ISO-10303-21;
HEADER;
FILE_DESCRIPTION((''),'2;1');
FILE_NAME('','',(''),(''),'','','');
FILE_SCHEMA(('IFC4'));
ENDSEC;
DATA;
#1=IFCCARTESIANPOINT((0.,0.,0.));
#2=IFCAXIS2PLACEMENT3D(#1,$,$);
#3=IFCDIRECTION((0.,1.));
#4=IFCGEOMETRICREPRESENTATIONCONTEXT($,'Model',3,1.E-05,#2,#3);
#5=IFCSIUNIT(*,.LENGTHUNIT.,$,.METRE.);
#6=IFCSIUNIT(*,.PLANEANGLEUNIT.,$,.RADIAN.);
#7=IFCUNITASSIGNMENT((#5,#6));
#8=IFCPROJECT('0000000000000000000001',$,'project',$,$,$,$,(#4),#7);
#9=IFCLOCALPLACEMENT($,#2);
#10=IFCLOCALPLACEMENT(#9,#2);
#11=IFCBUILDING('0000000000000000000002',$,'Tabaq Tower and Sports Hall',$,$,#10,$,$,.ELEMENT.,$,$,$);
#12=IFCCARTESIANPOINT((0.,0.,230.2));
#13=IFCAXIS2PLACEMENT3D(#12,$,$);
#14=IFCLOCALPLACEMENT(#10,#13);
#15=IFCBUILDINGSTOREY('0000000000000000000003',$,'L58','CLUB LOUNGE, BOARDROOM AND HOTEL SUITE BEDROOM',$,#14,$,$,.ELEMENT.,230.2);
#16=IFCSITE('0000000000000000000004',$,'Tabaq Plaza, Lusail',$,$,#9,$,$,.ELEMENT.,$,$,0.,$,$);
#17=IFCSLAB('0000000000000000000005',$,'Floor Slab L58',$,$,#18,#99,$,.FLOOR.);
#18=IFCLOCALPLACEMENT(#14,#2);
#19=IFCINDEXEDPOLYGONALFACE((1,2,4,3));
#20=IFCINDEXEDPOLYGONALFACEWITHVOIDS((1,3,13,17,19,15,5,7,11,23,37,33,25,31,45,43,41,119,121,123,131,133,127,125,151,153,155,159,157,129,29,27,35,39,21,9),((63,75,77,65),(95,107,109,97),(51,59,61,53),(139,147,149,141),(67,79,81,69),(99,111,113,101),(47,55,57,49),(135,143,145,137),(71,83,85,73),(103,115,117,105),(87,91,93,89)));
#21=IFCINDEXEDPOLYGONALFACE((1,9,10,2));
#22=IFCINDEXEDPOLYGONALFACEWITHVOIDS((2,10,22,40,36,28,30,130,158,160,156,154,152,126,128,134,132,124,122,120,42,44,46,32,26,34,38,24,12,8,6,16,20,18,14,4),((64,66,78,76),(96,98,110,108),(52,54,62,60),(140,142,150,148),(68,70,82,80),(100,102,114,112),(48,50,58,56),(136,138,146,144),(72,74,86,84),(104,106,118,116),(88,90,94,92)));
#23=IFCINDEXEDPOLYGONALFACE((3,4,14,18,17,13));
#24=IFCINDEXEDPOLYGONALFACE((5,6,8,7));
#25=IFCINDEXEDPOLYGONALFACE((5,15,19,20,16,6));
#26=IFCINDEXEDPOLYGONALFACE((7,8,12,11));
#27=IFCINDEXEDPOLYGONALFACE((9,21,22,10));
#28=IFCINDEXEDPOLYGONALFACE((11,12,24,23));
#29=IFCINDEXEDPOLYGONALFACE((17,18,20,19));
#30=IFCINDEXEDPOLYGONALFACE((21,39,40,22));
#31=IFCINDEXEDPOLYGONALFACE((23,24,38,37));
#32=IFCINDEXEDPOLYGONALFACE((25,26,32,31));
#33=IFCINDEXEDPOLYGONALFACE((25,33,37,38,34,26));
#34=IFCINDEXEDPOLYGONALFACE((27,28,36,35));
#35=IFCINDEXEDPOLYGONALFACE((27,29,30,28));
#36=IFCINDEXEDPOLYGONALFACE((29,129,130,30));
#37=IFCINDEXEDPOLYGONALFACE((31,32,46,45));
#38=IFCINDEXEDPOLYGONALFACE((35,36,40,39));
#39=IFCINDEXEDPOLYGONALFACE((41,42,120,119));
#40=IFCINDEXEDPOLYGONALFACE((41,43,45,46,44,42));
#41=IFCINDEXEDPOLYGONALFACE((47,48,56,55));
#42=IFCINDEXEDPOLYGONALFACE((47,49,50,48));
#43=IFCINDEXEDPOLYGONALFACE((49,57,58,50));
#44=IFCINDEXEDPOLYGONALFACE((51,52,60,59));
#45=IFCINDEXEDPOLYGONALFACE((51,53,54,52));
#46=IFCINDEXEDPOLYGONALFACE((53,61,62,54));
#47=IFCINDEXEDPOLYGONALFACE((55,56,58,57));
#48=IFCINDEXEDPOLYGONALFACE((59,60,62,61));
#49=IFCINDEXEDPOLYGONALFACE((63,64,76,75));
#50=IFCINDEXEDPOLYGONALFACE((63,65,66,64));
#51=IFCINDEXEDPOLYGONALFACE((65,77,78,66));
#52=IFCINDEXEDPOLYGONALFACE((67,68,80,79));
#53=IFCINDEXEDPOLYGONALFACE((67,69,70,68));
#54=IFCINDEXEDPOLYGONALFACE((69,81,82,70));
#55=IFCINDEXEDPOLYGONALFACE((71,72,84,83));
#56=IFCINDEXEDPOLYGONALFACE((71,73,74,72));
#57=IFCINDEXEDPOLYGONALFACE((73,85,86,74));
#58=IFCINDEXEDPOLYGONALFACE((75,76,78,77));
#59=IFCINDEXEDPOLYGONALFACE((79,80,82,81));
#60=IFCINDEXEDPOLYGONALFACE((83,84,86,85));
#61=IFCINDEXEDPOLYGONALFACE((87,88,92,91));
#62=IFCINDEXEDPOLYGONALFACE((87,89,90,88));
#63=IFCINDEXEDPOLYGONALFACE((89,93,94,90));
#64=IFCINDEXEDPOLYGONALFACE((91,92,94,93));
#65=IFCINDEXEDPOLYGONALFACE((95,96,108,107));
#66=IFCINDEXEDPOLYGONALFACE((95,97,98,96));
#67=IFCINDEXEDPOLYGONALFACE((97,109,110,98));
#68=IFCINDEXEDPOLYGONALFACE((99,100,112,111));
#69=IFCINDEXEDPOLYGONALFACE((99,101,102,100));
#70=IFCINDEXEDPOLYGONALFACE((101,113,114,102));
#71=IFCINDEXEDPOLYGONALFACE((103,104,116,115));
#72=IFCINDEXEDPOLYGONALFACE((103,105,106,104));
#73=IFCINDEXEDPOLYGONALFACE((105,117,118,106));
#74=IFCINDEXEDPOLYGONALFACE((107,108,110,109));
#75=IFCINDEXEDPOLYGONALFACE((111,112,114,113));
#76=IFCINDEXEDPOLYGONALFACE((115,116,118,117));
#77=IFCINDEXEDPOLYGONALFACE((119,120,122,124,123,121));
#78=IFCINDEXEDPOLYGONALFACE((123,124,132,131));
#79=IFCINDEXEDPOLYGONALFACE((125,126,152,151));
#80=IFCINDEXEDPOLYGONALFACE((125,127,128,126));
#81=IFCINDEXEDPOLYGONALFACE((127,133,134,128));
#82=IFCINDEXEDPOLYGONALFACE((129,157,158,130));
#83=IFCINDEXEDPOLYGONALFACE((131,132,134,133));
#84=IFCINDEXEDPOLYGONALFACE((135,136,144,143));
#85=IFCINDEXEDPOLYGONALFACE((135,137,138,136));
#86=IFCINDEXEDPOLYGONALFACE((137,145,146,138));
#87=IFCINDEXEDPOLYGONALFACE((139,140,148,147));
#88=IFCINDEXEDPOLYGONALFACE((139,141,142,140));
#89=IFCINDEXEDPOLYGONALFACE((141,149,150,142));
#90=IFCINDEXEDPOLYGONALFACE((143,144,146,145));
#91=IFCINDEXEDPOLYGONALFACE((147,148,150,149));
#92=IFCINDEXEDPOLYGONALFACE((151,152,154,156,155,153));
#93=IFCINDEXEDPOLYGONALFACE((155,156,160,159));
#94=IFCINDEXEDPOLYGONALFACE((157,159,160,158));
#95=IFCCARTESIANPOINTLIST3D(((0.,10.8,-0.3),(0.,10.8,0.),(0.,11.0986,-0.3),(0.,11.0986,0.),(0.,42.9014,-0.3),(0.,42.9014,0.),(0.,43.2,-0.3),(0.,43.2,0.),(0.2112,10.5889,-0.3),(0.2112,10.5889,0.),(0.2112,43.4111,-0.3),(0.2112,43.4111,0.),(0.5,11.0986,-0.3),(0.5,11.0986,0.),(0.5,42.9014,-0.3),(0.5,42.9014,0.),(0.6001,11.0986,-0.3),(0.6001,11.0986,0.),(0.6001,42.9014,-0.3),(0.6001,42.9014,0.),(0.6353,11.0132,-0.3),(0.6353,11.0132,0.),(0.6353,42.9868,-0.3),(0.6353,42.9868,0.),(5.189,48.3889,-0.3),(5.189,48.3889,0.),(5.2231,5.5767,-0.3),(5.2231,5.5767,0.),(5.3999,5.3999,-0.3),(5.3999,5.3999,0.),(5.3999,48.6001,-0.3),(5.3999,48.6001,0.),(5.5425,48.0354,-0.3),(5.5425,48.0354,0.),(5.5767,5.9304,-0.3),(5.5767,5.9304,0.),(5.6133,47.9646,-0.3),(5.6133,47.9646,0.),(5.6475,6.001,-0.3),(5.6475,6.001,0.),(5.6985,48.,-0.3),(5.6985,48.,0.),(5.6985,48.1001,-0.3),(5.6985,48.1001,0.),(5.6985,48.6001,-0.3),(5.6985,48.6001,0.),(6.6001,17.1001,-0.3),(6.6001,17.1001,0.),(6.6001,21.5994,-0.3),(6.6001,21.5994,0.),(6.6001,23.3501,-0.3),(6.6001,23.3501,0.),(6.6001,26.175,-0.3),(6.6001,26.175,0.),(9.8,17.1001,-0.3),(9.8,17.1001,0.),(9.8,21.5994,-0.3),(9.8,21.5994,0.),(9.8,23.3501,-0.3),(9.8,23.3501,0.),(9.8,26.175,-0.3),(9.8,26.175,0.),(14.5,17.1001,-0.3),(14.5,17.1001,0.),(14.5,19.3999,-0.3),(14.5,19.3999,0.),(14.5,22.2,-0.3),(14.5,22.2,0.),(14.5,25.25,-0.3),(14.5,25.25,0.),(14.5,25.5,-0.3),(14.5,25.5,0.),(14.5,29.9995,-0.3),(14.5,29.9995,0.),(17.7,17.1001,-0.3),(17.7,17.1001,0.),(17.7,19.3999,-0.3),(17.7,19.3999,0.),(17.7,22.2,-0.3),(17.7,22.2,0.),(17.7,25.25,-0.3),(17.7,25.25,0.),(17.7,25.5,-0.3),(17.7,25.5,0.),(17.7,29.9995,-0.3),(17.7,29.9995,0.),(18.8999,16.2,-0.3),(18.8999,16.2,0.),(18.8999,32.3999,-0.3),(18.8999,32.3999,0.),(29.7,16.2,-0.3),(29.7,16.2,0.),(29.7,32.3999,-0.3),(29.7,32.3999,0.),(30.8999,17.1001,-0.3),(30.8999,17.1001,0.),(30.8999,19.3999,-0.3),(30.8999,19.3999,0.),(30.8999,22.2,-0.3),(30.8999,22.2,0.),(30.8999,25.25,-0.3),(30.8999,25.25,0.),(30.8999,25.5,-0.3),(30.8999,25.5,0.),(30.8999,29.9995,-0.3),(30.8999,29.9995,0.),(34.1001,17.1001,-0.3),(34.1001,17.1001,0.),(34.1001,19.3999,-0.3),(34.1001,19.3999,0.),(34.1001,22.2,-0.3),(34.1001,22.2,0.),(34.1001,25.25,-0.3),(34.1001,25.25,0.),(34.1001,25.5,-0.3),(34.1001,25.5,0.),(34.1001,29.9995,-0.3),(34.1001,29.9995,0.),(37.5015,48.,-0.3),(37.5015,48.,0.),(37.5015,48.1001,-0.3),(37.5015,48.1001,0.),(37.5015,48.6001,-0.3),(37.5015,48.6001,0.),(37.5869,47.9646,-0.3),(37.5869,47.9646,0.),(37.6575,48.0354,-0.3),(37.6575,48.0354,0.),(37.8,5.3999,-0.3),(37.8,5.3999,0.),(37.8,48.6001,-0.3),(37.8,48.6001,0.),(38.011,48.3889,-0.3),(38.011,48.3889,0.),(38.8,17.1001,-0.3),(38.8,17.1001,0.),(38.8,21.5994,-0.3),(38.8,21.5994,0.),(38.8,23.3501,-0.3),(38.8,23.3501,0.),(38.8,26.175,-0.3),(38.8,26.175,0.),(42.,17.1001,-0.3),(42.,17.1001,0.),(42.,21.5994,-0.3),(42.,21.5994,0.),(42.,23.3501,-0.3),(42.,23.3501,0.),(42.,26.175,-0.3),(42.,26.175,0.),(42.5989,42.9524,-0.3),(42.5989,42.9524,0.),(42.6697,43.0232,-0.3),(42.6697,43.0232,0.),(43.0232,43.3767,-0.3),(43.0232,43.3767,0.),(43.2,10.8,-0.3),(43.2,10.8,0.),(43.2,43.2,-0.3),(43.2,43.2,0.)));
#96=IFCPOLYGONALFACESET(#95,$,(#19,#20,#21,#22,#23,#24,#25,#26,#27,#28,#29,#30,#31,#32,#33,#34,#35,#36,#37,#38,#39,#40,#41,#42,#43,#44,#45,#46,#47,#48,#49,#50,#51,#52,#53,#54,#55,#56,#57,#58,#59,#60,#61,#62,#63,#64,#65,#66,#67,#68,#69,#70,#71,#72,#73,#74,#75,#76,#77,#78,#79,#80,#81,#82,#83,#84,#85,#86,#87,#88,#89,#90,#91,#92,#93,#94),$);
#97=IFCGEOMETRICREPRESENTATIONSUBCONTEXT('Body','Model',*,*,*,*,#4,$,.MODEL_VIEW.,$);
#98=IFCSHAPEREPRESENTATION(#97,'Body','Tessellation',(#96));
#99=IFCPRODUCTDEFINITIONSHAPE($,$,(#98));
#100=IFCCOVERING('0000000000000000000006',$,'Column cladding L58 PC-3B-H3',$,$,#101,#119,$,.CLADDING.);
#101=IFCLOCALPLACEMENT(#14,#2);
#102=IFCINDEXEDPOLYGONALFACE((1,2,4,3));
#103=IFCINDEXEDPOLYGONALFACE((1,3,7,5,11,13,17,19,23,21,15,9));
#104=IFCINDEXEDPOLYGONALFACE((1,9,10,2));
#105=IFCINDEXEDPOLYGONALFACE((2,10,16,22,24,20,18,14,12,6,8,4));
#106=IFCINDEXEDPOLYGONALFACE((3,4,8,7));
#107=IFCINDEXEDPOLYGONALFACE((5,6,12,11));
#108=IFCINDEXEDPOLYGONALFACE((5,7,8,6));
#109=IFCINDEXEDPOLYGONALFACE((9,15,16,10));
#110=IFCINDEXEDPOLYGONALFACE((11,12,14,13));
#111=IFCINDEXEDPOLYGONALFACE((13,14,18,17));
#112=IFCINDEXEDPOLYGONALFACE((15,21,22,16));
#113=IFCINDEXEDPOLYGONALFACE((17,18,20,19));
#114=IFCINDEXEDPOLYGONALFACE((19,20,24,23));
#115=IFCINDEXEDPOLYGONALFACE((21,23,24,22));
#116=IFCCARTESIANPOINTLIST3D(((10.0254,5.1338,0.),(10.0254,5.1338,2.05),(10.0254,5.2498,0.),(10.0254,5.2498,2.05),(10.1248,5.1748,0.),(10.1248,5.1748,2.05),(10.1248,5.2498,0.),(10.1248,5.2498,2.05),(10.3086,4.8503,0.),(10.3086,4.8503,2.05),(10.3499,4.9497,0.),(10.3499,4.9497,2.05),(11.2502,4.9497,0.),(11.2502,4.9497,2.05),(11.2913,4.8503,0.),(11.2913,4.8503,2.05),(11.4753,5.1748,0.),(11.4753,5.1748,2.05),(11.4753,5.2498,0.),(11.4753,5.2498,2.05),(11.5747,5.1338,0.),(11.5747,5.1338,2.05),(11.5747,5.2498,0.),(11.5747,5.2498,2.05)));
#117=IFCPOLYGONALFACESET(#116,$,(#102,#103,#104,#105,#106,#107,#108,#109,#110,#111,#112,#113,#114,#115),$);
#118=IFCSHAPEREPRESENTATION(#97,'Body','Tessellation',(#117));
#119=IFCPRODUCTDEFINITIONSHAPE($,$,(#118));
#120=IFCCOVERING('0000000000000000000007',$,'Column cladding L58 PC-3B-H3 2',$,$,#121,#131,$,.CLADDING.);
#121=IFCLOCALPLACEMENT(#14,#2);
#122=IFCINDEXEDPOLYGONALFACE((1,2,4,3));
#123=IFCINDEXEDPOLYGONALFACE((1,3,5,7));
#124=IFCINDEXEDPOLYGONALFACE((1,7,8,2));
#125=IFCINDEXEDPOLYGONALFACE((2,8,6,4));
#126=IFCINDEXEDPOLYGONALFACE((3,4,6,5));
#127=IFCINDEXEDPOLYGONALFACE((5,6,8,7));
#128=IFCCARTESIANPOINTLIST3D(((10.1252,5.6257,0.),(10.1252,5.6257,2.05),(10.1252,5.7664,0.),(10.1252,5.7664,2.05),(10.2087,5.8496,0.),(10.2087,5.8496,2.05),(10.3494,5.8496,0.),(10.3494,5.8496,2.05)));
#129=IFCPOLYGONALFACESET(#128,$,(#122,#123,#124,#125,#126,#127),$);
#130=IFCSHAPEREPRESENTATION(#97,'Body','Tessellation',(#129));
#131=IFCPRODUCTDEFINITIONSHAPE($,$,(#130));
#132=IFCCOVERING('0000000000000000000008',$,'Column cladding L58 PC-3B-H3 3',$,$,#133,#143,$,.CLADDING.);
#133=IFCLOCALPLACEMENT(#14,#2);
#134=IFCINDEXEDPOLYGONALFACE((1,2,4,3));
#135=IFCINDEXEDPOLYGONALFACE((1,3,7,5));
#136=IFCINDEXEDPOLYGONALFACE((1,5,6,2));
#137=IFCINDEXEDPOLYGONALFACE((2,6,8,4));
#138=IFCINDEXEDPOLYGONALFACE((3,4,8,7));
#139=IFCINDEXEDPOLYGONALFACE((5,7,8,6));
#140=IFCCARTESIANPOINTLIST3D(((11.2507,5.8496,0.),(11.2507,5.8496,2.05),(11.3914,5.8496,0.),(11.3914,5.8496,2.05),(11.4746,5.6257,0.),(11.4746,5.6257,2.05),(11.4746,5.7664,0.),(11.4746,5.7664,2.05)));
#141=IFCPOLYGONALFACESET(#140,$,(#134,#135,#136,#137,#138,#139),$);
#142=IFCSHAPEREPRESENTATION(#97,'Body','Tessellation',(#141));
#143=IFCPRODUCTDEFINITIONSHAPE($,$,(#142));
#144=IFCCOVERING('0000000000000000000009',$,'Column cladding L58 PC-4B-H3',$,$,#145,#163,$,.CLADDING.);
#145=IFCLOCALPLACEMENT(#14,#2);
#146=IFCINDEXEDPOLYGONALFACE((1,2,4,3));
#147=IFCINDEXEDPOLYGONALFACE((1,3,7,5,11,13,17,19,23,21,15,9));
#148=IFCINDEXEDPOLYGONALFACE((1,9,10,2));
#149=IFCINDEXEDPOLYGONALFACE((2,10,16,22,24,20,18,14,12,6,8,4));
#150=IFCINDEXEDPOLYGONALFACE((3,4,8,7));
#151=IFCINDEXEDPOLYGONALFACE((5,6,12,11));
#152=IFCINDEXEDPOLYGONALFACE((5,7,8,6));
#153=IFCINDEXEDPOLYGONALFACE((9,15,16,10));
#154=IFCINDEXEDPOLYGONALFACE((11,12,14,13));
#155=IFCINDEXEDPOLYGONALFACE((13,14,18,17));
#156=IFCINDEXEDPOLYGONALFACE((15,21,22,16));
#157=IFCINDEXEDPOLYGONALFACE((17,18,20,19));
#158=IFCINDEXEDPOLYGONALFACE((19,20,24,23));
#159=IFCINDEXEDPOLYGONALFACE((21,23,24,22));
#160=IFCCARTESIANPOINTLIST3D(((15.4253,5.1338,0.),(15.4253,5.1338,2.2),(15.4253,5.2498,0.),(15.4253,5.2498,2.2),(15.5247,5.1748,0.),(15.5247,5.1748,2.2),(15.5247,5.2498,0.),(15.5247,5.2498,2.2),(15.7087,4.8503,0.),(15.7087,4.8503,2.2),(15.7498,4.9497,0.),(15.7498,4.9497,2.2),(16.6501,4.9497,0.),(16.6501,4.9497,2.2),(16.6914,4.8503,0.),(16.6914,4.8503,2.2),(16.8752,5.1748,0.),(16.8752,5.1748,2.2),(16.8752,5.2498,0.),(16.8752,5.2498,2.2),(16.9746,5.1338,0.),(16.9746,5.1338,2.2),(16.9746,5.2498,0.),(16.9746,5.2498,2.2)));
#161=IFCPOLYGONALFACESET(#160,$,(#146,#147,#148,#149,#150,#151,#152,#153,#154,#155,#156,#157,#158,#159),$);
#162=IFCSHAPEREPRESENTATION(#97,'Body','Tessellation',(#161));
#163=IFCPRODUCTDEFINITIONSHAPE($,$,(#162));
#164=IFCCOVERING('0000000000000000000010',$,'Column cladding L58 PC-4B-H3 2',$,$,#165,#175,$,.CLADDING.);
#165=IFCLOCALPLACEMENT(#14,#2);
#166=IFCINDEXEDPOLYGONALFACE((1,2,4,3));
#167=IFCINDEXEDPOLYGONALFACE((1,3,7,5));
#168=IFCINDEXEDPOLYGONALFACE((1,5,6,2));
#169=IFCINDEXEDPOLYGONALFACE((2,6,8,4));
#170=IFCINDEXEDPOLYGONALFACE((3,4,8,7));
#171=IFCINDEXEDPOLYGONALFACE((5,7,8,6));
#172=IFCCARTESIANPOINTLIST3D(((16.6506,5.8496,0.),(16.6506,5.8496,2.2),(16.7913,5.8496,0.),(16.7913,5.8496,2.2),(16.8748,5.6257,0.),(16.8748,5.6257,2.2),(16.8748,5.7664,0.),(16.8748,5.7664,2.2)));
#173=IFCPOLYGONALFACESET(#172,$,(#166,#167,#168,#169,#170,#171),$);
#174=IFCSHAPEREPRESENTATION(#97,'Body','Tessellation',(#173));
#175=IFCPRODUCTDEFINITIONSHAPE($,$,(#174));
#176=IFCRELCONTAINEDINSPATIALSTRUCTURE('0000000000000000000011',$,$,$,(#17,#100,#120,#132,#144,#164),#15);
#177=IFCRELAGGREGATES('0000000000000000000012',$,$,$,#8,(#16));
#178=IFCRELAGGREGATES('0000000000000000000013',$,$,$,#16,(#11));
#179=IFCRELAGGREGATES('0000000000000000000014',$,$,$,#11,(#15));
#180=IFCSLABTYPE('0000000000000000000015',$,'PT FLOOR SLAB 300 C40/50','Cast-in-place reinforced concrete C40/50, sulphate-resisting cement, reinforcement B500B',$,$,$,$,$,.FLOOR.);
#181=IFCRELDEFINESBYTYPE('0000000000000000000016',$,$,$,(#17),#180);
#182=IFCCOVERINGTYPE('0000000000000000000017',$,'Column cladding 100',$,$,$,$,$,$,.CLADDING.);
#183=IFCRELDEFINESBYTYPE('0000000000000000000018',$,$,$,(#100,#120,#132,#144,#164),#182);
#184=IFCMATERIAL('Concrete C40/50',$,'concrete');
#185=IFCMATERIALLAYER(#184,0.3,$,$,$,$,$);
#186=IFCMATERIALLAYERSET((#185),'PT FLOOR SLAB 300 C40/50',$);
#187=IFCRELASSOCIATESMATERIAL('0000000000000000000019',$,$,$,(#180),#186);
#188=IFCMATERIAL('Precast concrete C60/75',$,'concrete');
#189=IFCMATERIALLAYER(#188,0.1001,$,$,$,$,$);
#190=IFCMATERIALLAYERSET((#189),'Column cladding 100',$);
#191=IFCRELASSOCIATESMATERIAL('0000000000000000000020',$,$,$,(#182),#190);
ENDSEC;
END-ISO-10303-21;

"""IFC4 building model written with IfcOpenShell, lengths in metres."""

from ifc_helpers import new_model, si_unit, direction, frame, origin, place, context, subcontext, project, spatial, polyline, outline, extrude, material, layer, layer_set, type_object, element, save


model = new_model("IFC4")

# Units and contexts
model_context = context("Model", 3, precision=1e-05, world=origin(), true_north=direction((0.0, 1.0)))
body_context = subcontext(model_context, "Body", "Model", "MODEL_VIEW")
ifc_project = project(units=[si_unit("LENGTHUNIT", "METRE"), si_unit("PLANEANGLEUNIT", "RADIAN")], contexts=[model_context])

# Site, building, storey
site_placement = place(None, origin())
site = spatial("IfcSite", under=ifc_project, at=site_placement, Name="Tabaq Plaza, Lusail", CompositionType="ELEMENT", RefElevation=0.0)
building_placement = place(site_placement, origin())
building = spatial("IfcBuilding", under=site, at=building_placement, Name="Tabaq Tower and Sports Hall", CompositionType="ELEMENT")
storey_placement = place(building_placement, frame((0.0, 0.0, 230.2)))
storey = spatial("IfcBuildingStorey", under=building, at=storey_placement, Name="L58", Description="CLUB LOUNGE, BOARDROOM AND HOTEL SUITE BEDROOM", CompositionType="ELEMENT", Elevation=230.2)

# Slab
ifc_material_1 = material(Name="Concrete C40/50", Category="concrete")
ifc_layer_1 = layer(ifc_material_1, 0.3)
ifc_layer_set_1 = layer_set([ifc_layer_1], Name="PT FLOOR SLAB 300 C40/50")
slab_type = type_object("IfcSlabType", Name="PT FLOOR SLAB 300 C40/50", Description="Cast-in-place reinforced concrete C40/50, sulphate-resisting cement, reinforcement B500B", PredefinedType="FLOOR", material=ifc_layer_set_1)
slab_placement = place(storey_placement, frame((0.0, 0.0, -0.3)))
element("IfcSlab", 1, at=slab_placement, inside=storey, type_object=slab_type, Name="Floor Slab L58", PredefinedType="FLOOR", context=body_context, shape_type="SweptSolid", body=[
    extrude(outline(polyline([(0.0, 11.0986), (0.0, 10.8), (0.2112, 10.5889), (0.6353, 11.0132), (5.6475, 6.001), (5.5767, 5.9304), (5.2231, 5.5767), (5.3999, 5.3999), (37.8, 5.3999), (43.2, 10.8), (43.2, 43.2), (43.0232, 43.3767), (42.6697, 43.0232), (42.5989, 42.9524), (37.5869, 47.9646), (37.6575, 48.0354), (38.011, 48.3889), (37.8, 48.6001), (37.5015, 48.6001), (37.5015, 48.1001), (37.5015, 48.0), (5.6985, 48.0), (5.6985, 48.1001), (5.6985, 48.6001), (5.3999, 48.6001), (5.189, 48.3889), (5.5425, 48.0354), (5.6133, 47.9646), (0.6353, 42.9868), (0.2112, 43.4111), (0.0, 43.2), (0.0, 42.9014), (0.5, 42.9014), (0.6001, 42.9014), (0.6001, 11.0986), (0.5, 11.0986), (0.0, 11.0986)]), holes=[polyline([(14.5, 19.3999), (17.7, 19.3999), (17.7, 17.1001), (14.5, 17.1001), (14.5, 19.3999)]), polyline([(6.6001, 21.5994), (9.8, 21.5994), (9.8, 17.1001), (6.6001, 17.1001), (6.6001, 21.5994)]), polyline([(14.5, 25.25), (17.7, 25.25), (17.7, 22.2), (14.5, 22.2), (14.5, 25.25)]), polyline([(18.8999, 32.3999), (29.7, 32.3999), (29.7, 16.2), (18.8999, 16.2), (18.8999, 32.3999)]), polyline([(9.8, 26.175), (9.8, 23.3501), (6.6001, 23.3501), (6.6001, 26.175), (9.8, 26.175)]), polyline([(14.5, 29.9995), (17.7, 29.9995), (17.7, 25.5), (14.5, 25.5), (14.5, 29.9995)]), polyline([(34.1001, 19.3999), (34.1001, 17.1001), (30.8999, 17.1001), (30.8999, 19.3999), (34.1001, 19.3999)]), polyline([(42.0, 21.5994), (42.0, 17.1001), (38.8, 17.1001), (38.8, 21.5994), (42.0, 21.5994)]), polyline([(30.8999, 25.25), (34.1001, 25.25), (34.1001, 22.2), (30.8999, 22.2), (30.8999, 25.25)]), polyline([(42.0, 26.175), (42.0, 23.3501), (38.8, 23.3501), (38.8, 26.175), (42.0, 26.175)]), polyline([(34.1001, 29.9995), (34.1001, 25.5), (30.8999, 25.5), (30.8999, 29.9995), (34.1001, 29.9995)])]), origin(), (0.0, 0.0, 1.0), 0.3),
])

# Coverings
ifc_material_2 = material(Name="Precast concrete C60/75", Category="concrete")
ifc_layer_2 = layer(ifc_material_2, 0.1001)
ifc_layer_set_2 = layer_set([ifc_layer_2], Name="Column cladding 100")
covering_type = type_object("IfcCoveringType", Name="Column cladding 100", PredefinedType="CLADDING", material=ifc_layer_set_2)
covering_1_placement = place(storey_placement, origin())
element("IfcCovering", 2, at=covering_1_placement, inside=storey, type_object=covering_type, Name="Column cladding L58 PC-3B-H3", PredefinedType="CLADDING", context=body_context, shape_type="SweptSolid", body=[
    extrude(outline(polyline([(10.0254, 5.2498), (10.1248, 5.2498), (10.1248, 5.1748), (10.3499, 4.9497), (11.2502, 4.9497), (11.4753, 5.1748), (11.4753, 5.2498), (11.5747, 5.2498), (11.5747, 5.1338), (11.2913, 4.8503), (10.3086, 4.8503), (10.0254, 5.1338), (10.0254, 5.2498)])), origin(), (0.0, 0.0, 1.0), 2.05),
])
covering_2_placement = place(storey_placement, origin())
element("IfcCovering", 3, at=covering_2_placement, inside=storey, type_object=covering_type, Name="Column cladding L58 PC-3B-H3 2", PredefinedType="CLADDING", context=body_context, shape_type="SweptSolid", body=[
    extrude(outline(polyline([(10.2087, 5.8496), (10.3494, 5.8496), (10.1252, 5.6257), (10.1252, 5.7664), (10.2087, 5.8496)])), origin(), (0.0, 0.0, 1.0), 2.05),
])
covering_3_placement = place(storey_placement, origin())
element("IfcCovering", 4, at=covering_3_placement, inside=storey, type_object=covering_type, Name="Column cladding L58 PC-3B-H3 3", PredefinedType="CLADDING", context=body_context, shape_type="SweptSolid", body=[
    extrude(outline(polyline([(11.4746, 5.7664), (11.4746, 5.6257), (11.2507, 5.8496), (11.3914, 5.8496), (11.4746, 5.7664)])), origin(), (0.0, 0.0, 1.0), 2.05),
])
covering_4_placement = place(storey_placement, origin())
element("IfcCovering", 5, at=covering_4_placement, inside=storey, type_object=covering_type, Name="Column cladding L58 PC-4B-H3", PredefinedType="CLADDING", context=body_context, shape_type="SweptSolid", body=[
    extrude(outline(polyline([(15.4253, 5.2498), (15.5247, 5.2498), (15.5247, 5.1748), (15.7498, 4.9497), (16.6501, 4.9497), (16.8752, 5.1748), (16.8752, 5.2498), (16.9746, 5.2498), (16.9746, 5.1338), (16.6914, 4.8503), (15.7087, 4.8503), (15.4253, 5.1338), (15.4253, 5.2498)])), origin(), (0.0, 0.0, 1.0), 2.2),
])
covering_5_placement = place(storey_placement, origin())
element("IfcCovering", 6, at=covering_5_placement, inside=storey, type_object=covering_type, Name="Column cladding L58 PC-4B-H3 2", PredefinedType="CLADDING", context=body_context, shape_type="SweptSolid", body=[
    extrude(outline(polyline([(16.8748, 5.7664), (16.8748, 5.6257), (16.6506, 5.8496), (16.7913, 5.8496), (16.8748, 5.7664)])), origin(), (0.0, 0.0, 1.0), 2.2),
])

save(model, "model.ifc")
